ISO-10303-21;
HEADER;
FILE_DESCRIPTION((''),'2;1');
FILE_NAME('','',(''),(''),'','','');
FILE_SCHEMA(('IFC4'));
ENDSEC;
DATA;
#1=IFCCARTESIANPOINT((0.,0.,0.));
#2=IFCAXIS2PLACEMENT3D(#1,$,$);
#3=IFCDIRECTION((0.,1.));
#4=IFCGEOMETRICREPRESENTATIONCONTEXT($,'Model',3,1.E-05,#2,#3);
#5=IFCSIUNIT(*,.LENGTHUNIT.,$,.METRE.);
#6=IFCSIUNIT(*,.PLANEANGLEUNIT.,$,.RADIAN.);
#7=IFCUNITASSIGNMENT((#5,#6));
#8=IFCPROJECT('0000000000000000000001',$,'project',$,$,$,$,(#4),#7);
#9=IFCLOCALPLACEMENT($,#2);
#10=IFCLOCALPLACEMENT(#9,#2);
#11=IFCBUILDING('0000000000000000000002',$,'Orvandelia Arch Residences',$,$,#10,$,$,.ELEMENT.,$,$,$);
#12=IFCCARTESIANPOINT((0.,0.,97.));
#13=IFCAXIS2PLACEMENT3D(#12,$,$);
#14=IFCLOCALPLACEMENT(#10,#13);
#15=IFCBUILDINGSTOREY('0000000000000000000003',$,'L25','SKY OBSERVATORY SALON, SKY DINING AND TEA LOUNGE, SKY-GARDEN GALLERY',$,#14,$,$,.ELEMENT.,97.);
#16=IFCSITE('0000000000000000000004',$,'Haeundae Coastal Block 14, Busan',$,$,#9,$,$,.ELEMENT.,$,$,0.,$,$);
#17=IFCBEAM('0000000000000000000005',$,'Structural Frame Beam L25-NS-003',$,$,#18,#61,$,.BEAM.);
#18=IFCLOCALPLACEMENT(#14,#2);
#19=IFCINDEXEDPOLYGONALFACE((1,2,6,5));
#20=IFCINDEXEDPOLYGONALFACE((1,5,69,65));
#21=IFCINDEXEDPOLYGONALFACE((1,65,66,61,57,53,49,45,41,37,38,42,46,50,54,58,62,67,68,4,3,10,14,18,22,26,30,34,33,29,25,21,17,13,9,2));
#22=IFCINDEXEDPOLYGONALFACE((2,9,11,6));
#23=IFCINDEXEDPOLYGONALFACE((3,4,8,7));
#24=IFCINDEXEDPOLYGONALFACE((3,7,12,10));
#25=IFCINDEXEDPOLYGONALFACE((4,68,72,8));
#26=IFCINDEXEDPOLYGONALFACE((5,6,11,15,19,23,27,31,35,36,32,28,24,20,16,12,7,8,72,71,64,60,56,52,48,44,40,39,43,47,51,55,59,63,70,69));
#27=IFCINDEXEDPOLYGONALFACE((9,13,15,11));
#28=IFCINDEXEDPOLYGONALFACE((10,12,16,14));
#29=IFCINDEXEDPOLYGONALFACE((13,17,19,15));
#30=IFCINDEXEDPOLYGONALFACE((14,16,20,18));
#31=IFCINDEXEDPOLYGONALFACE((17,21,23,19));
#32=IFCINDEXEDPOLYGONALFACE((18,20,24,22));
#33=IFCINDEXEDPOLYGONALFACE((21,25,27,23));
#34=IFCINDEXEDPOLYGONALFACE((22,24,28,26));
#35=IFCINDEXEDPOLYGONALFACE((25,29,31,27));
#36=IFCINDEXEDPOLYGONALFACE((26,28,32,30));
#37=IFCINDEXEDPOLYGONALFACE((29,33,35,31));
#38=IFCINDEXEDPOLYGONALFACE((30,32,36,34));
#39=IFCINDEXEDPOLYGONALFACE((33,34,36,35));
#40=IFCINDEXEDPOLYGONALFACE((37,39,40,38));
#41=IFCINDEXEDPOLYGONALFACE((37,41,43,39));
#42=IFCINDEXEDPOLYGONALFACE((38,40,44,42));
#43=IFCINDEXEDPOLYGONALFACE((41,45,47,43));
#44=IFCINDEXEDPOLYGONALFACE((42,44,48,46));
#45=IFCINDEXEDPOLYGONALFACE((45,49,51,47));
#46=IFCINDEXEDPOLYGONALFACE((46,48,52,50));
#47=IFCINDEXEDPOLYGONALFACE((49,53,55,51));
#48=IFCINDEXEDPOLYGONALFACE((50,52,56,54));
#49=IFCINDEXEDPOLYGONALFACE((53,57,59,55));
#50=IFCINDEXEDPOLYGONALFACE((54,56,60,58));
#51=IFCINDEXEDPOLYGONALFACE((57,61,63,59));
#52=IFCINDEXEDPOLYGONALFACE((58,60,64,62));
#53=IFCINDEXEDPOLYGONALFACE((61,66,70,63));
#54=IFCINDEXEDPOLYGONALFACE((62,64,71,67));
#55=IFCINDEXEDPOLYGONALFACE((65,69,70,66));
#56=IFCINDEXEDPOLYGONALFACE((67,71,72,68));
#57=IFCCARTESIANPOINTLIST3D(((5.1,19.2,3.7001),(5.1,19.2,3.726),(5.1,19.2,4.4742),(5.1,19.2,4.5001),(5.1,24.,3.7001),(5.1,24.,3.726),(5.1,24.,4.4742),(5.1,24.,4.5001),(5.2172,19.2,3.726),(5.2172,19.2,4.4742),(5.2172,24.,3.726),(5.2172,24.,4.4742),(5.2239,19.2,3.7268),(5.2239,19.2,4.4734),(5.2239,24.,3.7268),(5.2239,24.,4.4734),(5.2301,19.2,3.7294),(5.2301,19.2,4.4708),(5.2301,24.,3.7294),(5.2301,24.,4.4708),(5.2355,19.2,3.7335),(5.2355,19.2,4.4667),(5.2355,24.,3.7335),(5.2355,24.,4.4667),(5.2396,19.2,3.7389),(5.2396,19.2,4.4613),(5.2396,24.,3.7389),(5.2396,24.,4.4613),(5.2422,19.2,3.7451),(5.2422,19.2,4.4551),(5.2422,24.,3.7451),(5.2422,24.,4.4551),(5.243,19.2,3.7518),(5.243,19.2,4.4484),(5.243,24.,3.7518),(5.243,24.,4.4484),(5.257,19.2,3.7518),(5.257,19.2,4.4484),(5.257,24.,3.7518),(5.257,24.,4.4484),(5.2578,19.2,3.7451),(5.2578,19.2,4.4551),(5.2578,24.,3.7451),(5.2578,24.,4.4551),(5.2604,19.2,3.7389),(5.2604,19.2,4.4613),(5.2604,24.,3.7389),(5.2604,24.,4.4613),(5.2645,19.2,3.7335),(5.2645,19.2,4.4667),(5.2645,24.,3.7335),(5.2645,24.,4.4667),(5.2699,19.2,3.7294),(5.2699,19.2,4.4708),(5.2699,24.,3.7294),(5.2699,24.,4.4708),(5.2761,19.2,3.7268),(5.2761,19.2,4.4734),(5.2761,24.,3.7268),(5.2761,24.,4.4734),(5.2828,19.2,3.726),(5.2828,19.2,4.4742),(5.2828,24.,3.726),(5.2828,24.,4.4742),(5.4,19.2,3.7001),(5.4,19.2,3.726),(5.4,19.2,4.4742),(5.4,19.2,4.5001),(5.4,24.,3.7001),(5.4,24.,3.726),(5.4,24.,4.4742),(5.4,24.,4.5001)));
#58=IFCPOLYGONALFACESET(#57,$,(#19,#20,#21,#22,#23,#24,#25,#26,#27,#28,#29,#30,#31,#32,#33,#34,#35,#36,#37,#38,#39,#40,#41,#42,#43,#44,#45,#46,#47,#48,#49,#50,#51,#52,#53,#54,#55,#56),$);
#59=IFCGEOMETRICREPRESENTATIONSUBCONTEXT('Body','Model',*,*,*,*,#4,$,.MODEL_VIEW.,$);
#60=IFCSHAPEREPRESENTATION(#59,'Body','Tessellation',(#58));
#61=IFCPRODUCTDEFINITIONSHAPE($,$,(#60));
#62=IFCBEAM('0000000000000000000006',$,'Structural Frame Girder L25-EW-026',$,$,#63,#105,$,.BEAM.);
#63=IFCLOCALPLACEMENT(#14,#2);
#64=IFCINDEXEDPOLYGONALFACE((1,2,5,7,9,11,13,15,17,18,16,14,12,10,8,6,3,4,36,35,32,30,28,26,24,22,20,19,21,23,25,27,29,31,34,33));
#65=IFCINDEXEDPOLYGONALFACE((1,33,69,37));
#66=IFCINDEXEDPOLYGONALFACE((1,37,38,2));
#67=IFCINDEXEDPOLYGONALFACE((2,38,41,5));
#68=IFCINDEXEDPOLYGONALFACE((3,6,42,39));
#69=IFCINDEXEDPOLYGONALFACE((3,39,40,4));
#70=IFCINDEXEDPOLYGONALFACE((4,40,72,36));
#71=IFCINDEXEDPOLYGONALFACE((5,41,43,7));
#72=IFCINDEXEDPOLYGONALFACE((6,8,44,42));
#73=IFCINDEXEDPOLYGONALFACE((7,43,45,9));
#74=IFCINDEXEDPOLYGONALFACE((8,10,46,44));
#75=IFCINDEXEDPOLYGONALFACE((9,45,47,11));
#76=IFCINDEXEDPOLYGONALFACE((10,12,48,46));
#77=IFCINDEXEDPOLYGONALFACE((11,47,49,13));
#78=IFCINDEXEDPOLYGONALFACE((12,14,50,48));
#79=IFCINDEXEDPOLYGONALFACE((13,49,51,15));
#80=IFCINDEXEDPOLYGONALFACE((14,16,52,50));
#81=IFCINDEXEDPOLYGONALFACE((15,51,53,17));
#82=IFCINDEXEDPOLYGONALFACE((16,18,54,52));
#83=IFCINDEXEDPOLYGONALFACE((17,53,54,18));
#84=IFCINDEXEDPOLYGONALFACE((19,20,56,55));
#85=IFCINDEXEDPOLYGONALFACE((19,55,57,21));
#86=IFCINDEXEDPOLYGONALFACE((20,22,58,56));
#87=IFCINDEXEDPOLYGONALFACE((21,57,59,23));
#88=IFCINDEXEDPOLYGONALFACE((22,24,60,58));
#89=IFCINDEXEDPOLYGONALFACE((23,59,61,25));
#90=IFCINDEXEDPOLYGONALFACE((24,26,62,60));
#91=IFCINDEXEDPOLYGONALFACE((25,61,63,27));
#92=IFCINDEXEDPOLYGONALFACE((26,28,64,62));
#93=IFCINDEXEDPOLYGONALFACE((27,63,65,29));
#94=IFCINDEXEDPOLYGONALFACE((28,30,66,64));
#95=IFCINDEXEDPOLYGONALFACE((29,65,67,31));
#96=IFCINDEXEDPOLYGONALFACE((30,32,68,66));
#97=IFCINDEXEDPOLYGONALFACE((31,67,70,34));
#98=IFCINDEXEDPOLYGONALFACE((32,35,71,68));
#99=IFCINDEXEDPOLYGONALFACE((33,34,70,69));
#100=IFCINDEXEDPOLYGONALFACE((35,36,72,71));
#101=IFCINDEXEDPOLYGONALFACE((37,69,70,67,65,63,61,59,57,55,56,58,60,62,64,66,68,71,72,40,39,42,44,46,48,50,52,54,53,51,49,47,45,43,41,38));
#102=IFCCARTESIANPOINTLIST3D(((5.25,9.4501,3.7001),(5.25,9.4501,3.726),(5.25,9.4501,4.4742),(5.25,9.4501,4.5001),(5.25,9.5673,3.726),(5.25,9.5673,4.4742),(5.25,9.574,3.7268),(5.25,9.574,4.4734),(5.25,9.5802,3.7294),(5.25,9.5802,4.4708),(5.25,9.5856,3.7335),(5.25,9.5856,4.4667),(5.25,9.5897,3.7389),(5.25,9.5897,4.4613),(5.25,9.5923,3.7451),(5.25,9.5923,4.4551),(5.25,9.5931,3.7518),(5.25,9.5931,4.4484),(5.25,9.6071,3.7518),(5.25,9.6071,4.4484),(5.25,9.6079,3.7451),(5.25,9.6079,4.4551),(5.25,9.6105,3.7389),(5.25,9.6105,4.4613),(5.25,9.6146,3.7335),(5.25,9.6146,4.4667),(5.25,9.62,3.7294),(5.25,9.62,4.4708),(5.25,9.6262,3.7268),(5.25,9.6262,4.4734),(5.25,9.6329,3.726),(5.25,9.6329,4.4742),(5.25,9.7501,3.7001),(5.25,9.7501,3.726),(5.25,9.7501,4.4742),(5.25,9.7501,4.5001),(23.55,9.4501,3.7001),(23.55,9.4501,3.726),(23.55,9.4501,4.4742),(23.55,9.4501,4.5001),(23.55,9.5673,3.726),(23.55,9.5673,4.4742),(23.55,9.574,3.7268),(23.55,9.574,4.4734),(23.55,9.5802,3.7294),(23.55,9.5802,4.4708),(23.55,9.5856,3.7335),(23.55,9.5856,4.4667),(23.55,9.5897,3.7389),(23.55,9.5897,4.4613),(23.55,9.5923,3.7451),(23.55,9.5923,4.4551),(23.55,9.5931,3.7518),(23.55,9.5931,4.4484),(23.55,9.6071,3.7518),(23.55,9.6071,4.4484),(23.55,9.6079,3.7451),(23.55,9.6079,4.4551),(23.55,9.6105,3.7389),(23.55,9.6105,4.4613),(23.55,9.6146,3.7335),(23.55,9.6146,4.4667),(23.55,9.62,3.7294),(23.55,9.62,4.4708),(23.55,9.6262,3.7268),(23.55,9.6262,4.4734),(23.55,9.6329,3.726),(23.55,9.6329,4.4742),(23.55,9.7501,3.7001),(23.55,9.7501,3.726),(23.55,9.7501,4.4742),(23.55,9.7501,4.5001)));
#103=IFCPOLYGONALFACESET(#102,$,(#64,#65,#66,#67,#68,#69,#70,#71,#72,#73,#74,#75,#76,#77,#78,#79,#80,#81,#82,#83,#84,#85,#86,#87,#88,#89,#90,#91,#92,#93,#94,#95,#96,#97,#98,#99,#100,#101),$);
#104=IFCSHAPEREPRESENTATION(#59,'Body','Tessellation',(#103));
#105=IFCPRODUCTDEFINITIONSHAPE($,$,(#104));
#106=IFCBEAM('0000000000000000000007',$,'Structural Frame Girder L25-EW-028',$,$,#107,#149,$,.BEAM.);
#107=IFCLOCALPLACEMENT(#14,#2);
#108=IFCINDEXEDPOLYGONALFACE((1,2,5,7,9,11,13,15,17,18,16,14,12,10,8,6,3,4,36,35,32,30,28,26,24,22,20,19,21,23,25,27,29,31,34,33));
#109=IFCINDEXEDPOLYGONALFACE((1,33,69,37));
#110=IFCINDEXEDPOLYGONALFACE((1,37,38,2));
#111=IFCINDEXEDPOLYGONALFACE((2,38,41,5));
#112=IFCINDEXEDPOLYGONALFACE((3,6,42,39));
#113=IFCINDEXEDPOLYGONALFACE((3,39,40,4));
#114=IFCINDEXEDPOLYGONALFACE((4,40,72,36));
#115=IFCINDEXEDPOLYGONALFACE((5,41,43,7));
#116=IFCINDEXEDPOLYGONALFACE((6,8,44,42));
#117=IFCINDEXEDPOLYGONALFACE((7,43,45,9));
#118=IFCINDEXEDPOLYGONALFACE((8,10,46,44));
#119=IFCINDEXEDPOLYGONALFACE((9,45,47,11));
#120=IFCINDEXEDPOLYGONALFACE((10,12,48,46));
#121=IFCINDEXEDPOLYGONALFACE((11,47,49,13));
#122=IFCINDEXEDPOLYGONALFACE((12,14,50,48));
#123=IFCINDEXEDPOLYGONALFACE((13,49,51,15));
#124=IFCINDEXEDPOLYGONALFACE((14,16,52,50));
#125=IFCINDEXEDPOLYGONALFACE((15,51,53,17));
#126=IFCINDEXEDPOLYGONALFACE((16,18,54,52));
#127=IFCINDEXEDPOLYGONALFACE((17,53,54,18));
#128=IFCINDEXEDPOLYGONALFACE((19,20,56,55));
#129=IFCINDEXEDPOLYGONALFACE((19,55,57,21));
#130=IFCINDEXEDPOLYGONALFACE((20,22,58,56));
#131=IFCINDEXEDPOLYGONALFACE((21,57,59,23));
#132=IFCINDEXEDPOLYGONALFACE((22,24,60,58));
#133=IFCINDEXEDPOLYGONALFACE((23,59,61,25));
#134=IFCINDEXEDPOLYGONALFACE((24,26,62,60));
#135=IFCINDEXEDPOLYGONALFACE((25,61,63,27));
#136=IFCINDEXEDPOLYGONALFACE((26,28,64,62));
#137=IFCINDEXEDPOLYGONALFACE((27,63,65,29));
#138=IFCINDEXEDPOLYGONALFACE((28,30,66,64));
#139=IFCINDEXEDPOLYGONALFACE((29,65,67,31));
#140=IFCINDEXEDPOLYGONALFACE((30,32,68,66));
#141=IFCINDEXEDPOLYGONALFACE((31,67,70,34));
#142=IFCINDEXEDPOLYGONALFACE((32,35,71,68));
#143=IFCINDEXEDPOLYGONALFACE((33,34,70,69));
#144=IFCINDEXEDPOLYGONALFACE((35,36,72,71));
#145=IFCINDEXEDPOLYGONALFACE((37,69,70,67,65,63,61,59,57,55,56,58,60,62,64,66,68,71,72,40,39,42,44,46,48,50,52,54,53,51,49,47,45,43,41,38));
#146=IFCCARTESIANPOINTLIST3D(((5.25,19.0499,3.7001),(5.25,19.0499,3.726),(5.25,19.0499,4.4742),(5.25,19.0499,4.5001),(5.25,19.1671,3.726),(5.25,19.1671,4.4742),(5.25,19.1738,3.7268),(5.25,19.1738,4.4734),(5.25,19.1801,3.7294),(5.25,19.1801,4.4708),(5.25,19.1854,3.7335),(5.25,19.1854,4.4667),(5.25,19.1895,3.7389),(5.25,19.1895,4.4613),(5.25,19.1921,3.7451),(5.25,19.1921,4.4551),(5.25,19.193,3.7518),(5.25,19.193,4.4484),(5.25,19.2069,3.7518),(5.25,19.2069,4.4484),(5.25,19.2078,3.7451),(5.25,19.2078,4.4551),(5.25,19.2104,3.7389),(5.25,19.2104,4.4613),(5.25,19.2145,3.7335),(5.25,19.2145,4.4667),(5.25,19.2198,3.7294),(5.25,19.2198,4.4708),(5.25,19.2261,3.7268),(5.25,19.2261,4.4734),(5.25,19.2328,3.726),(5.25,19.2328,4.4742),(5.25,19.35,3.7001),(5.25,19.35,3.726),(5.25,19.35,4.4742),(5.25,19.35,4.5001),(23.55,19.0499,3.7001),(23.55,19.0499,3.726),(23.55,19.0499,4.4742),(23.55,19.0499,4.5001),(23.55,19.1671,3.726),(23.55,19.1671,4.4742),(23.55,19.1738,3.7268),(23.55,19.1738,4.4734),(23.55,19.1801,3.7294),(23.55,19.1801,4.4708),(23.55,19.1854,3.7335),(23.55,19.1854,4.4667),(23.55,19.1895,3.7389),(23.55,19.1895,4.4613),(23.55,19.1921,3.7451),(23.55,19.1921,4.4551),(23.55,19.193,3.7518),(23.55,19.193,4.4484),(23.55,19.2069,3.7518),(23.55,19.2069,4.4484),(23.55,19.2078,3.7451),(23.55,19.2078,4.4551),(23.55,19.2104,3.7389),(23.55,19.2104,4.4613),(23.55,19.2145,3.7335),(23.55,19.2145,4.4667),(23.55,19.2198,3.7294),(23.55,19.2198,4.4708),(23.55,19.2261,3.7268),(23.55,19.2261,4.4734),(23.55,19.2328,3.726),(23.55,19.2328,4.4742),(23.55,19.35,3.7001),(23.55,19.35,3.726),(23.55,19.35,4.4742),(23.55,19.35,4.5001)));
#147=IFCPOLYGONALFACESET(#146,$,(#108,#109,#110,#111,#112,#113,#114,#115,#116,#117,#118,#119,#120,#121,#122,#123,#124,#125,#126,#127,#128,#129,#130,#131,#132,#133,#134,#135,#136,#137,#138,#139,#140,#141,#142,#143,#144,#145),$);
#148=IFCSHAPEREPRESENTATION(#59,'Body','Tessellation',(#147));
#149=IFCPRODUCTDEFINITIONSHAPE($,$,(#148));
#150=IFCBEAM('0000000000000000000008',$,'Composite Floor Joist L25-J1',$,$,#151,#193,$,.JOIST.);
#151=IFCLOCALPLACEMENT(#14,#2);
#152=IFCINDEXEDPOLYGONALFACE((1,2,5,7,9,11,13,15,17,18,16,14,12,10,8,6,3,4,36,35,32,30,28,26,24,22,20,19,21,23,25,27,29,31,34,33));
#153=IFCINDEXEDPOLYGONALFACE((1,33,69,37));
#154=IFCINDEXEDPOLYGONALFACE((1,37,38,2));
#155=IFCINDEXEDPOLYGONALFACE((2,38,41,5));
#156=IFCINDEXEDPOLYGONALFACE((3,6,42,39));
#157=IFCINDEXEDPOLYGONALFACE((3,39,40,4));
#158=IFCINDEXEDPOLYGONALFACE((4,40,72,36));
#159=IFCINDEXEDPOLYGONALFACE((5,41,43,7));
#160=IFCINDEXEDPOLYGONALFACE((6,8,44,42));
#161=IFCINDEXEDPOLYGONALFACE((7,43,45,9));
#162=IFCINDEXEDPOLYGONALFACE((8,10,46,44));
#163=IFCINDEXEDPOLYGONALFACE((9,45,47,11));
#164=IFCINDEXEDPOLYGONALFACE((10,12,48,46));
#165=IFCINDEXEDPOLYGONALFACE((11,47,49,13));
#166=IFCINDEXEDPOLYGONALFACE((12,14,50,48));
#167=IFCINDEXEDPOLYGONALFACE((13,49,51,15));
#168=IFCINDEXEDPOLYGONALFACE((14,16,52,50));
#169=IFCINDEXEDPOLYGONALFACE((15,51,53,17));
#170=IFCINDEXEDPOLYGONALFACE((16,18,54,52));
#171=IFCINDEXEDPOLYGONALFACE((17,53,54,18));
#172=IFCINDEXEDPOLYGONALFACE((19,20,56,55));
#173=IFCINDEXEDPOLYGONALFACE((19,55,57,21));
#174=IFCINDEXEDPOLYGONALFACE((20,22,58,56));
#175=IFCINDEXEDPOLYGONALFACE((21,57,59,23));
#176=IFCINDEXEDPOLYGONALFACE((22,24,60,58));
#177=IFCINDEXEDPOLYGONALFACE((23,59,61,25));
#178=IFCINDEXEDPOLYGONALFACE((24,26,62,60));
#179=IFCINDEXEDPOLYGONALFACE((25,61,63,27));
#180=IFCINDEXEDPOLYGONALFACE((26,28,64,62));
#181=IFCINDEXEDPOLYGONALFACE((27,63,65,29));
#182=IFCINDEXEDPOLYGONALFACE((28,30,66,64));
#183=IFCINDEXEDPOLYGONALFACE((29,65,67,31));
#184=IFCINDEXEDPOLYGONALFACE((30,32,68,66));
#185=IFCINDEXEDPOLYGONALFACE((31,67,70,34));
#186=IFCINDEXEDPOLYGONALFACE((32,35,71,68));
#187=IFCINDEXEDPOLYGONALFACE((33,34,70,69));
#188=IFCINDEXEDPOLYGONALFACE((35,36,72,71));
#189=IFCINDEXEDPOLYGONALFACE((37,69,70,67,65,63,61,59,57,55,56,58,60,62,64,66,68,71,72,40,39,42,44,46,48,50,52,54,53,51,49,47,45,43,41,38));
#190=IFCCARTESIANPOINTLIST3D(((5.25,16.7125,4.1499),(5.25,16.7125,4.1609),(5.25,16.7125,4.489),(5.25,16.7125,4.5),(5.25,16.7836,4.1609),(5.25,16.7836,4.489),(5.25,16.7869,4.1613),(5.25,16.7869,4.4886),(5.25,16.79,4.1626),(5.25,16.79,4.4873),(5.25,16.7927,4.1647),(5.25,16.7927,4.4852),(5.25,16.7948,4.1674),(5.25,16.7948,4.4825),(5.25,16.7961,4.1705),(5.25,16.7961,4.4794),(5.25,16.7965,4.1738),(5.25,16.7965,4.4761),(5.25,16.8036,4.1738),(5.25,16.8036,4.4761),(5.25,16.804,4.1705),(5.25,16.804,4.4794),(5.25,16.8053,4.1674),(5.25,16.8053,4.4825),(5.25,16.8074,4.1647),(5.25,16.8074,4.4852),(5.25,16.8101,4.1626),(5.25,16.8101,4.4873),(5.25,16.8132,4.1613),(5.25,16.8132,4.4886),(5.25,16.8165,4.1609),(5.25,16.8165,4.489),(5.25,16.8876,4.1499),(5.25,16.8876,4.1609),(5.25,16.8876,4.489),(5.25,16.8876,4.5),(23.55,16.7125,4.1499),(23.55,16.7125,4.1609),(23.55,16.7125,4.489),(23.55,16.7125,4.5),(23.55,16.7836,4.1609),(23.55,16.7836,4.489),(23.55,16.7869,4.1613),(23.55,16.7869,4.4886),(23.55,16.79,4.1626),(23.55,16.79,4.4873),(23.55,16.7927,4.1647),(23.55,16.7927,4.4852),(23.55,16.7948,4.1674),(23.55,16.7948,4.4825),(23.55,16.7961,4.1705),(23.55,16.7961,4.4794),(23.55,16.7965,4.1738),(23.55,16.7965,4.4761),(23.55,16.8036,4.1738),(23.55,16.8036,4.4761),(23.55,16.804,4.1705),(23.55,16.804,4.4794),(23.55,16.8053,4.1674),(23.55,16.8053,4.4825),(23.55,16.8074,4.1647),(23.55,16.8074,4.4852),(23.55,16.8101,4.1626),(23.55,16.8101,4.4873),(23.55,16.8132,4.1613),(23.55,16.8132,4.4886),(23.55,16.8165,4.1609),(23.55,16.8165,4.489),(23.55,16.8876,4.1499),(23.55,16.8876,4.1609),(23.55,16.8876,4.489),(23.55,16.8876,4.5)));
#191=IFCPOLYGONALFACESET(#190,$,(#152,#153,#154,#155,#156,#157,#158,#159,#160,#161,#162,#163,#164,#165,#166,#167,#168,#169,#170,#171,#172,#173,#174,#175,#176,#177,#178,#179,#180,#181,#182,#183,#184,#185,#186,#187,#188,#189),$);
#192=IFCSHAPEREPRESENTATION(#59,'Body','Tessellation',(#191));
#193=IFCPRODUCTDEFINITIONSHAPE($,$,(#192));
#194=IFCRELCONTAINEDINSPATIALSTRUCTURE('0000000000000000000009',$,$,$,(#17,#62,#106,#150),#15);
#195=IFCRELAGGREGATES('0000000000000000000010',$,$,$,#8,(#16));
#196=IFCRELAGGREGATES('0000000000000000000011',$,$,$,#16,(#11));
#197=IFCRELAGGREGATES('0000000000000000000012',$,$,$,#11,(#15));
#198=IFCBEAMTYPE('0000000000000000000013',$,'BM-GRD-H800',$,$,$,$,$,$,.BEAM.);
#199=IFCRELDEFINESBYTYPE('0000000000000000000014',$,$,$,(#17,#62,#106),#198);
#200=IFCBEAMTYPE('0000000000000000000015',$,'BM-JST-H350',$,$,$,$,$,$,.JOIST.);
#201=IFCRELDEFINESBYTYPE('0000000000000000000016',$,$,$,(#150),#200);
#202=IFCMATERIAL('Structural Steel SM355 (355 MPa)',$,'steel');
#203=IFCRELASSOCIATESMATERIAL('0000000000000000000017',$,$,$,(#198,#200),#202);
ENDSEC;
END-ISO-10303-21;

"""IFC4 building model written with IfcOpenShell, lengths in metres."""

from ifc_helpers import new_model, si_unit, direction, frame, origin, origin_2d, place, context, subcontext, project, spatial, i_section, extrude, material, material_profile, profile_set, type_object, element, save


model = new_model("IFC4")

# Units and contexts
model_context = context("Model", 3, precision=1e-05, world=origin(), true_north=direction((0.0, 1.0)))
body_context = subcontext(model_context, "Body", "Model", "MODEL_VIEW")
ifc_project = project(units=[si_unit("LENGTHUNIT", "METRE"), si_unit("PLANEANGLEUNIT", "RADIAN")], contexts=[model_context])

# Site, building, storey
site_placement = place(None, origin())
site = spatial("IfcSite", under=ifc_project, at=site_placement, Name="Haeundae Coastal Block 14, Busan", CompositionType="ELEMENT", RefElevation=0.0)
building_placement = place(site_placement, origin())
building = spatial("IfcBuilding", under=site, at=building_placement, Name="Orvandelia Arch Residences", CompositionType="ELEMENT")
storey_placement = place(building_placement, frame((0.0, 0.0, 97.0)))
storey = spatial("IfcBuildingStorey", under=building, at=storey_placement, Name="L25", Description="SKY OBSERVATORY SALON, SKY DINING AND TEA LOUNGE, SKY-GARDEN GALLERY", CompositionType="ELEMENT", Elevation=97.0)

# Beams
ifc_material_1 = material(Name="Structural Steel SM355 (355 MPa)", Category="steel")
ifc_material_profile_1 = material_profile(ifc_material_1, i_section(OverallWidth=0.3, OverallDepth=0.8, WebThickness=0.0139, FlangeThickness=0.0259, FilletRadius=0.0259, at=origin_2d()), Name="Structural Steel SM355 (355 MPa)", Category="steel")
ifc_profile_set_1 = profile_set([ifc_material_profile_1], Name="Structural Steel SM355 (355 MPa)")
beam_type_1 = type_object("IfcBeamType", Name="BM-GRD-H800", PredefinedType="BEAM", material=ifc_profile_set_1)
for number, where, z_axis, x_axis, name in (
    (1, (5.25, 19.2, 4.1001), (0.0, 1.0, 0.0), (-1.0, 0.0, 0.0), "Structural Frame Beam L25-NS-003"),
):
    element("IfcBeam", number, at=place(storey_placement, frame(where, z_axis=z_axis, x_axis=x_axis)), inside=storey, type_object=beam_type_1, Name=name, PredefinedType="BEAM", context=body_context, shape_type="SweptSolid", body=[
        extrude(i_section(OverallWidth=0.3, OverallDepth=0.8, WebThickness=0.0139, FlangeThickness=0.0259, FilletRadius=0.0259, at=origin_2d()), origin(), (0.0, 0.0, 1.0), 4.8),
    ])
for number, where, z_axis, x_axis, name in (
    (2, (5.25, 9.6001, 4.1001), (1.0, 0.0, 0.0), (0.0, 1.0, 0.0), "Structural Frame Girder L25-EW-026"),
    (3, (5.25, 19.2, 4.1001), (1.0, 0.0, 0.0), (0.0, 1.0, 0.0), "Structural Frame Girder L25-EW-028"),
):
    element("IfcBeam", number, at=place(storey_placement, frame(where, z_axis=z_axis, x_axis=x_axis)), inside=storey, type_object=beam_type_1, Name=name, PredefinedType="BEAM", context=body_context, shape_type="SweptSolid", body=[
        extrude(i_section(OverallWidth=0.3, OverallDepth=0.8, WebThickness=0.0139, FlangeThickness=0.0259, FilletRadius=0.0259, at=origin_2d()), origin(), (0.0, 0.0, 1.0), 18.3),
    ])
ifc_material_profile_2 = material_profile(ifc_material_1, i_section(OverallWidth=0.175, OverallDepth=0.3501, WebThickness=0.0071, FlangeThickness=0.011, FilletRadius=0.0129, at=origin_2d()), Name="Structural Steel SM355 (355 MPa)", Category="steel")
ifc_profile_set_2 = profile_set([ifc_material_profile_2], Name="Structural Steel SM355 (355 MPa)")
beam_type_2 = type_object("IfcBeamType", Name="BM-JST-H350", PredefinedType="JOIST", material=ifc_profile_set_2)
beam_1_placement = place(storey_placement, frame((5.25, 16.8, 4.325), z_axis=(1.0, 0.0, 0.0), x_axis=(0.0, 1.0, 0.0)))
element("IfcBeam", 4, at=beam_1_placement, inside=storey, type_object=beam_type_2, Name="Composite Floor Joist L25-J1", PredefinedType="JOIST", context=body_context, shape_type="SweptSolid", body=[
    extrude(i_section(OverallWidth=0.175, OverallDepth=0.3501, WebThickness=0.0071, FlangeThickness=0.011, FilletRadius=0.0129, at=origin_2d()), origin(), (0.0, 0.0, 1.0), 18.3),
])

save(model, "model.ifc")
